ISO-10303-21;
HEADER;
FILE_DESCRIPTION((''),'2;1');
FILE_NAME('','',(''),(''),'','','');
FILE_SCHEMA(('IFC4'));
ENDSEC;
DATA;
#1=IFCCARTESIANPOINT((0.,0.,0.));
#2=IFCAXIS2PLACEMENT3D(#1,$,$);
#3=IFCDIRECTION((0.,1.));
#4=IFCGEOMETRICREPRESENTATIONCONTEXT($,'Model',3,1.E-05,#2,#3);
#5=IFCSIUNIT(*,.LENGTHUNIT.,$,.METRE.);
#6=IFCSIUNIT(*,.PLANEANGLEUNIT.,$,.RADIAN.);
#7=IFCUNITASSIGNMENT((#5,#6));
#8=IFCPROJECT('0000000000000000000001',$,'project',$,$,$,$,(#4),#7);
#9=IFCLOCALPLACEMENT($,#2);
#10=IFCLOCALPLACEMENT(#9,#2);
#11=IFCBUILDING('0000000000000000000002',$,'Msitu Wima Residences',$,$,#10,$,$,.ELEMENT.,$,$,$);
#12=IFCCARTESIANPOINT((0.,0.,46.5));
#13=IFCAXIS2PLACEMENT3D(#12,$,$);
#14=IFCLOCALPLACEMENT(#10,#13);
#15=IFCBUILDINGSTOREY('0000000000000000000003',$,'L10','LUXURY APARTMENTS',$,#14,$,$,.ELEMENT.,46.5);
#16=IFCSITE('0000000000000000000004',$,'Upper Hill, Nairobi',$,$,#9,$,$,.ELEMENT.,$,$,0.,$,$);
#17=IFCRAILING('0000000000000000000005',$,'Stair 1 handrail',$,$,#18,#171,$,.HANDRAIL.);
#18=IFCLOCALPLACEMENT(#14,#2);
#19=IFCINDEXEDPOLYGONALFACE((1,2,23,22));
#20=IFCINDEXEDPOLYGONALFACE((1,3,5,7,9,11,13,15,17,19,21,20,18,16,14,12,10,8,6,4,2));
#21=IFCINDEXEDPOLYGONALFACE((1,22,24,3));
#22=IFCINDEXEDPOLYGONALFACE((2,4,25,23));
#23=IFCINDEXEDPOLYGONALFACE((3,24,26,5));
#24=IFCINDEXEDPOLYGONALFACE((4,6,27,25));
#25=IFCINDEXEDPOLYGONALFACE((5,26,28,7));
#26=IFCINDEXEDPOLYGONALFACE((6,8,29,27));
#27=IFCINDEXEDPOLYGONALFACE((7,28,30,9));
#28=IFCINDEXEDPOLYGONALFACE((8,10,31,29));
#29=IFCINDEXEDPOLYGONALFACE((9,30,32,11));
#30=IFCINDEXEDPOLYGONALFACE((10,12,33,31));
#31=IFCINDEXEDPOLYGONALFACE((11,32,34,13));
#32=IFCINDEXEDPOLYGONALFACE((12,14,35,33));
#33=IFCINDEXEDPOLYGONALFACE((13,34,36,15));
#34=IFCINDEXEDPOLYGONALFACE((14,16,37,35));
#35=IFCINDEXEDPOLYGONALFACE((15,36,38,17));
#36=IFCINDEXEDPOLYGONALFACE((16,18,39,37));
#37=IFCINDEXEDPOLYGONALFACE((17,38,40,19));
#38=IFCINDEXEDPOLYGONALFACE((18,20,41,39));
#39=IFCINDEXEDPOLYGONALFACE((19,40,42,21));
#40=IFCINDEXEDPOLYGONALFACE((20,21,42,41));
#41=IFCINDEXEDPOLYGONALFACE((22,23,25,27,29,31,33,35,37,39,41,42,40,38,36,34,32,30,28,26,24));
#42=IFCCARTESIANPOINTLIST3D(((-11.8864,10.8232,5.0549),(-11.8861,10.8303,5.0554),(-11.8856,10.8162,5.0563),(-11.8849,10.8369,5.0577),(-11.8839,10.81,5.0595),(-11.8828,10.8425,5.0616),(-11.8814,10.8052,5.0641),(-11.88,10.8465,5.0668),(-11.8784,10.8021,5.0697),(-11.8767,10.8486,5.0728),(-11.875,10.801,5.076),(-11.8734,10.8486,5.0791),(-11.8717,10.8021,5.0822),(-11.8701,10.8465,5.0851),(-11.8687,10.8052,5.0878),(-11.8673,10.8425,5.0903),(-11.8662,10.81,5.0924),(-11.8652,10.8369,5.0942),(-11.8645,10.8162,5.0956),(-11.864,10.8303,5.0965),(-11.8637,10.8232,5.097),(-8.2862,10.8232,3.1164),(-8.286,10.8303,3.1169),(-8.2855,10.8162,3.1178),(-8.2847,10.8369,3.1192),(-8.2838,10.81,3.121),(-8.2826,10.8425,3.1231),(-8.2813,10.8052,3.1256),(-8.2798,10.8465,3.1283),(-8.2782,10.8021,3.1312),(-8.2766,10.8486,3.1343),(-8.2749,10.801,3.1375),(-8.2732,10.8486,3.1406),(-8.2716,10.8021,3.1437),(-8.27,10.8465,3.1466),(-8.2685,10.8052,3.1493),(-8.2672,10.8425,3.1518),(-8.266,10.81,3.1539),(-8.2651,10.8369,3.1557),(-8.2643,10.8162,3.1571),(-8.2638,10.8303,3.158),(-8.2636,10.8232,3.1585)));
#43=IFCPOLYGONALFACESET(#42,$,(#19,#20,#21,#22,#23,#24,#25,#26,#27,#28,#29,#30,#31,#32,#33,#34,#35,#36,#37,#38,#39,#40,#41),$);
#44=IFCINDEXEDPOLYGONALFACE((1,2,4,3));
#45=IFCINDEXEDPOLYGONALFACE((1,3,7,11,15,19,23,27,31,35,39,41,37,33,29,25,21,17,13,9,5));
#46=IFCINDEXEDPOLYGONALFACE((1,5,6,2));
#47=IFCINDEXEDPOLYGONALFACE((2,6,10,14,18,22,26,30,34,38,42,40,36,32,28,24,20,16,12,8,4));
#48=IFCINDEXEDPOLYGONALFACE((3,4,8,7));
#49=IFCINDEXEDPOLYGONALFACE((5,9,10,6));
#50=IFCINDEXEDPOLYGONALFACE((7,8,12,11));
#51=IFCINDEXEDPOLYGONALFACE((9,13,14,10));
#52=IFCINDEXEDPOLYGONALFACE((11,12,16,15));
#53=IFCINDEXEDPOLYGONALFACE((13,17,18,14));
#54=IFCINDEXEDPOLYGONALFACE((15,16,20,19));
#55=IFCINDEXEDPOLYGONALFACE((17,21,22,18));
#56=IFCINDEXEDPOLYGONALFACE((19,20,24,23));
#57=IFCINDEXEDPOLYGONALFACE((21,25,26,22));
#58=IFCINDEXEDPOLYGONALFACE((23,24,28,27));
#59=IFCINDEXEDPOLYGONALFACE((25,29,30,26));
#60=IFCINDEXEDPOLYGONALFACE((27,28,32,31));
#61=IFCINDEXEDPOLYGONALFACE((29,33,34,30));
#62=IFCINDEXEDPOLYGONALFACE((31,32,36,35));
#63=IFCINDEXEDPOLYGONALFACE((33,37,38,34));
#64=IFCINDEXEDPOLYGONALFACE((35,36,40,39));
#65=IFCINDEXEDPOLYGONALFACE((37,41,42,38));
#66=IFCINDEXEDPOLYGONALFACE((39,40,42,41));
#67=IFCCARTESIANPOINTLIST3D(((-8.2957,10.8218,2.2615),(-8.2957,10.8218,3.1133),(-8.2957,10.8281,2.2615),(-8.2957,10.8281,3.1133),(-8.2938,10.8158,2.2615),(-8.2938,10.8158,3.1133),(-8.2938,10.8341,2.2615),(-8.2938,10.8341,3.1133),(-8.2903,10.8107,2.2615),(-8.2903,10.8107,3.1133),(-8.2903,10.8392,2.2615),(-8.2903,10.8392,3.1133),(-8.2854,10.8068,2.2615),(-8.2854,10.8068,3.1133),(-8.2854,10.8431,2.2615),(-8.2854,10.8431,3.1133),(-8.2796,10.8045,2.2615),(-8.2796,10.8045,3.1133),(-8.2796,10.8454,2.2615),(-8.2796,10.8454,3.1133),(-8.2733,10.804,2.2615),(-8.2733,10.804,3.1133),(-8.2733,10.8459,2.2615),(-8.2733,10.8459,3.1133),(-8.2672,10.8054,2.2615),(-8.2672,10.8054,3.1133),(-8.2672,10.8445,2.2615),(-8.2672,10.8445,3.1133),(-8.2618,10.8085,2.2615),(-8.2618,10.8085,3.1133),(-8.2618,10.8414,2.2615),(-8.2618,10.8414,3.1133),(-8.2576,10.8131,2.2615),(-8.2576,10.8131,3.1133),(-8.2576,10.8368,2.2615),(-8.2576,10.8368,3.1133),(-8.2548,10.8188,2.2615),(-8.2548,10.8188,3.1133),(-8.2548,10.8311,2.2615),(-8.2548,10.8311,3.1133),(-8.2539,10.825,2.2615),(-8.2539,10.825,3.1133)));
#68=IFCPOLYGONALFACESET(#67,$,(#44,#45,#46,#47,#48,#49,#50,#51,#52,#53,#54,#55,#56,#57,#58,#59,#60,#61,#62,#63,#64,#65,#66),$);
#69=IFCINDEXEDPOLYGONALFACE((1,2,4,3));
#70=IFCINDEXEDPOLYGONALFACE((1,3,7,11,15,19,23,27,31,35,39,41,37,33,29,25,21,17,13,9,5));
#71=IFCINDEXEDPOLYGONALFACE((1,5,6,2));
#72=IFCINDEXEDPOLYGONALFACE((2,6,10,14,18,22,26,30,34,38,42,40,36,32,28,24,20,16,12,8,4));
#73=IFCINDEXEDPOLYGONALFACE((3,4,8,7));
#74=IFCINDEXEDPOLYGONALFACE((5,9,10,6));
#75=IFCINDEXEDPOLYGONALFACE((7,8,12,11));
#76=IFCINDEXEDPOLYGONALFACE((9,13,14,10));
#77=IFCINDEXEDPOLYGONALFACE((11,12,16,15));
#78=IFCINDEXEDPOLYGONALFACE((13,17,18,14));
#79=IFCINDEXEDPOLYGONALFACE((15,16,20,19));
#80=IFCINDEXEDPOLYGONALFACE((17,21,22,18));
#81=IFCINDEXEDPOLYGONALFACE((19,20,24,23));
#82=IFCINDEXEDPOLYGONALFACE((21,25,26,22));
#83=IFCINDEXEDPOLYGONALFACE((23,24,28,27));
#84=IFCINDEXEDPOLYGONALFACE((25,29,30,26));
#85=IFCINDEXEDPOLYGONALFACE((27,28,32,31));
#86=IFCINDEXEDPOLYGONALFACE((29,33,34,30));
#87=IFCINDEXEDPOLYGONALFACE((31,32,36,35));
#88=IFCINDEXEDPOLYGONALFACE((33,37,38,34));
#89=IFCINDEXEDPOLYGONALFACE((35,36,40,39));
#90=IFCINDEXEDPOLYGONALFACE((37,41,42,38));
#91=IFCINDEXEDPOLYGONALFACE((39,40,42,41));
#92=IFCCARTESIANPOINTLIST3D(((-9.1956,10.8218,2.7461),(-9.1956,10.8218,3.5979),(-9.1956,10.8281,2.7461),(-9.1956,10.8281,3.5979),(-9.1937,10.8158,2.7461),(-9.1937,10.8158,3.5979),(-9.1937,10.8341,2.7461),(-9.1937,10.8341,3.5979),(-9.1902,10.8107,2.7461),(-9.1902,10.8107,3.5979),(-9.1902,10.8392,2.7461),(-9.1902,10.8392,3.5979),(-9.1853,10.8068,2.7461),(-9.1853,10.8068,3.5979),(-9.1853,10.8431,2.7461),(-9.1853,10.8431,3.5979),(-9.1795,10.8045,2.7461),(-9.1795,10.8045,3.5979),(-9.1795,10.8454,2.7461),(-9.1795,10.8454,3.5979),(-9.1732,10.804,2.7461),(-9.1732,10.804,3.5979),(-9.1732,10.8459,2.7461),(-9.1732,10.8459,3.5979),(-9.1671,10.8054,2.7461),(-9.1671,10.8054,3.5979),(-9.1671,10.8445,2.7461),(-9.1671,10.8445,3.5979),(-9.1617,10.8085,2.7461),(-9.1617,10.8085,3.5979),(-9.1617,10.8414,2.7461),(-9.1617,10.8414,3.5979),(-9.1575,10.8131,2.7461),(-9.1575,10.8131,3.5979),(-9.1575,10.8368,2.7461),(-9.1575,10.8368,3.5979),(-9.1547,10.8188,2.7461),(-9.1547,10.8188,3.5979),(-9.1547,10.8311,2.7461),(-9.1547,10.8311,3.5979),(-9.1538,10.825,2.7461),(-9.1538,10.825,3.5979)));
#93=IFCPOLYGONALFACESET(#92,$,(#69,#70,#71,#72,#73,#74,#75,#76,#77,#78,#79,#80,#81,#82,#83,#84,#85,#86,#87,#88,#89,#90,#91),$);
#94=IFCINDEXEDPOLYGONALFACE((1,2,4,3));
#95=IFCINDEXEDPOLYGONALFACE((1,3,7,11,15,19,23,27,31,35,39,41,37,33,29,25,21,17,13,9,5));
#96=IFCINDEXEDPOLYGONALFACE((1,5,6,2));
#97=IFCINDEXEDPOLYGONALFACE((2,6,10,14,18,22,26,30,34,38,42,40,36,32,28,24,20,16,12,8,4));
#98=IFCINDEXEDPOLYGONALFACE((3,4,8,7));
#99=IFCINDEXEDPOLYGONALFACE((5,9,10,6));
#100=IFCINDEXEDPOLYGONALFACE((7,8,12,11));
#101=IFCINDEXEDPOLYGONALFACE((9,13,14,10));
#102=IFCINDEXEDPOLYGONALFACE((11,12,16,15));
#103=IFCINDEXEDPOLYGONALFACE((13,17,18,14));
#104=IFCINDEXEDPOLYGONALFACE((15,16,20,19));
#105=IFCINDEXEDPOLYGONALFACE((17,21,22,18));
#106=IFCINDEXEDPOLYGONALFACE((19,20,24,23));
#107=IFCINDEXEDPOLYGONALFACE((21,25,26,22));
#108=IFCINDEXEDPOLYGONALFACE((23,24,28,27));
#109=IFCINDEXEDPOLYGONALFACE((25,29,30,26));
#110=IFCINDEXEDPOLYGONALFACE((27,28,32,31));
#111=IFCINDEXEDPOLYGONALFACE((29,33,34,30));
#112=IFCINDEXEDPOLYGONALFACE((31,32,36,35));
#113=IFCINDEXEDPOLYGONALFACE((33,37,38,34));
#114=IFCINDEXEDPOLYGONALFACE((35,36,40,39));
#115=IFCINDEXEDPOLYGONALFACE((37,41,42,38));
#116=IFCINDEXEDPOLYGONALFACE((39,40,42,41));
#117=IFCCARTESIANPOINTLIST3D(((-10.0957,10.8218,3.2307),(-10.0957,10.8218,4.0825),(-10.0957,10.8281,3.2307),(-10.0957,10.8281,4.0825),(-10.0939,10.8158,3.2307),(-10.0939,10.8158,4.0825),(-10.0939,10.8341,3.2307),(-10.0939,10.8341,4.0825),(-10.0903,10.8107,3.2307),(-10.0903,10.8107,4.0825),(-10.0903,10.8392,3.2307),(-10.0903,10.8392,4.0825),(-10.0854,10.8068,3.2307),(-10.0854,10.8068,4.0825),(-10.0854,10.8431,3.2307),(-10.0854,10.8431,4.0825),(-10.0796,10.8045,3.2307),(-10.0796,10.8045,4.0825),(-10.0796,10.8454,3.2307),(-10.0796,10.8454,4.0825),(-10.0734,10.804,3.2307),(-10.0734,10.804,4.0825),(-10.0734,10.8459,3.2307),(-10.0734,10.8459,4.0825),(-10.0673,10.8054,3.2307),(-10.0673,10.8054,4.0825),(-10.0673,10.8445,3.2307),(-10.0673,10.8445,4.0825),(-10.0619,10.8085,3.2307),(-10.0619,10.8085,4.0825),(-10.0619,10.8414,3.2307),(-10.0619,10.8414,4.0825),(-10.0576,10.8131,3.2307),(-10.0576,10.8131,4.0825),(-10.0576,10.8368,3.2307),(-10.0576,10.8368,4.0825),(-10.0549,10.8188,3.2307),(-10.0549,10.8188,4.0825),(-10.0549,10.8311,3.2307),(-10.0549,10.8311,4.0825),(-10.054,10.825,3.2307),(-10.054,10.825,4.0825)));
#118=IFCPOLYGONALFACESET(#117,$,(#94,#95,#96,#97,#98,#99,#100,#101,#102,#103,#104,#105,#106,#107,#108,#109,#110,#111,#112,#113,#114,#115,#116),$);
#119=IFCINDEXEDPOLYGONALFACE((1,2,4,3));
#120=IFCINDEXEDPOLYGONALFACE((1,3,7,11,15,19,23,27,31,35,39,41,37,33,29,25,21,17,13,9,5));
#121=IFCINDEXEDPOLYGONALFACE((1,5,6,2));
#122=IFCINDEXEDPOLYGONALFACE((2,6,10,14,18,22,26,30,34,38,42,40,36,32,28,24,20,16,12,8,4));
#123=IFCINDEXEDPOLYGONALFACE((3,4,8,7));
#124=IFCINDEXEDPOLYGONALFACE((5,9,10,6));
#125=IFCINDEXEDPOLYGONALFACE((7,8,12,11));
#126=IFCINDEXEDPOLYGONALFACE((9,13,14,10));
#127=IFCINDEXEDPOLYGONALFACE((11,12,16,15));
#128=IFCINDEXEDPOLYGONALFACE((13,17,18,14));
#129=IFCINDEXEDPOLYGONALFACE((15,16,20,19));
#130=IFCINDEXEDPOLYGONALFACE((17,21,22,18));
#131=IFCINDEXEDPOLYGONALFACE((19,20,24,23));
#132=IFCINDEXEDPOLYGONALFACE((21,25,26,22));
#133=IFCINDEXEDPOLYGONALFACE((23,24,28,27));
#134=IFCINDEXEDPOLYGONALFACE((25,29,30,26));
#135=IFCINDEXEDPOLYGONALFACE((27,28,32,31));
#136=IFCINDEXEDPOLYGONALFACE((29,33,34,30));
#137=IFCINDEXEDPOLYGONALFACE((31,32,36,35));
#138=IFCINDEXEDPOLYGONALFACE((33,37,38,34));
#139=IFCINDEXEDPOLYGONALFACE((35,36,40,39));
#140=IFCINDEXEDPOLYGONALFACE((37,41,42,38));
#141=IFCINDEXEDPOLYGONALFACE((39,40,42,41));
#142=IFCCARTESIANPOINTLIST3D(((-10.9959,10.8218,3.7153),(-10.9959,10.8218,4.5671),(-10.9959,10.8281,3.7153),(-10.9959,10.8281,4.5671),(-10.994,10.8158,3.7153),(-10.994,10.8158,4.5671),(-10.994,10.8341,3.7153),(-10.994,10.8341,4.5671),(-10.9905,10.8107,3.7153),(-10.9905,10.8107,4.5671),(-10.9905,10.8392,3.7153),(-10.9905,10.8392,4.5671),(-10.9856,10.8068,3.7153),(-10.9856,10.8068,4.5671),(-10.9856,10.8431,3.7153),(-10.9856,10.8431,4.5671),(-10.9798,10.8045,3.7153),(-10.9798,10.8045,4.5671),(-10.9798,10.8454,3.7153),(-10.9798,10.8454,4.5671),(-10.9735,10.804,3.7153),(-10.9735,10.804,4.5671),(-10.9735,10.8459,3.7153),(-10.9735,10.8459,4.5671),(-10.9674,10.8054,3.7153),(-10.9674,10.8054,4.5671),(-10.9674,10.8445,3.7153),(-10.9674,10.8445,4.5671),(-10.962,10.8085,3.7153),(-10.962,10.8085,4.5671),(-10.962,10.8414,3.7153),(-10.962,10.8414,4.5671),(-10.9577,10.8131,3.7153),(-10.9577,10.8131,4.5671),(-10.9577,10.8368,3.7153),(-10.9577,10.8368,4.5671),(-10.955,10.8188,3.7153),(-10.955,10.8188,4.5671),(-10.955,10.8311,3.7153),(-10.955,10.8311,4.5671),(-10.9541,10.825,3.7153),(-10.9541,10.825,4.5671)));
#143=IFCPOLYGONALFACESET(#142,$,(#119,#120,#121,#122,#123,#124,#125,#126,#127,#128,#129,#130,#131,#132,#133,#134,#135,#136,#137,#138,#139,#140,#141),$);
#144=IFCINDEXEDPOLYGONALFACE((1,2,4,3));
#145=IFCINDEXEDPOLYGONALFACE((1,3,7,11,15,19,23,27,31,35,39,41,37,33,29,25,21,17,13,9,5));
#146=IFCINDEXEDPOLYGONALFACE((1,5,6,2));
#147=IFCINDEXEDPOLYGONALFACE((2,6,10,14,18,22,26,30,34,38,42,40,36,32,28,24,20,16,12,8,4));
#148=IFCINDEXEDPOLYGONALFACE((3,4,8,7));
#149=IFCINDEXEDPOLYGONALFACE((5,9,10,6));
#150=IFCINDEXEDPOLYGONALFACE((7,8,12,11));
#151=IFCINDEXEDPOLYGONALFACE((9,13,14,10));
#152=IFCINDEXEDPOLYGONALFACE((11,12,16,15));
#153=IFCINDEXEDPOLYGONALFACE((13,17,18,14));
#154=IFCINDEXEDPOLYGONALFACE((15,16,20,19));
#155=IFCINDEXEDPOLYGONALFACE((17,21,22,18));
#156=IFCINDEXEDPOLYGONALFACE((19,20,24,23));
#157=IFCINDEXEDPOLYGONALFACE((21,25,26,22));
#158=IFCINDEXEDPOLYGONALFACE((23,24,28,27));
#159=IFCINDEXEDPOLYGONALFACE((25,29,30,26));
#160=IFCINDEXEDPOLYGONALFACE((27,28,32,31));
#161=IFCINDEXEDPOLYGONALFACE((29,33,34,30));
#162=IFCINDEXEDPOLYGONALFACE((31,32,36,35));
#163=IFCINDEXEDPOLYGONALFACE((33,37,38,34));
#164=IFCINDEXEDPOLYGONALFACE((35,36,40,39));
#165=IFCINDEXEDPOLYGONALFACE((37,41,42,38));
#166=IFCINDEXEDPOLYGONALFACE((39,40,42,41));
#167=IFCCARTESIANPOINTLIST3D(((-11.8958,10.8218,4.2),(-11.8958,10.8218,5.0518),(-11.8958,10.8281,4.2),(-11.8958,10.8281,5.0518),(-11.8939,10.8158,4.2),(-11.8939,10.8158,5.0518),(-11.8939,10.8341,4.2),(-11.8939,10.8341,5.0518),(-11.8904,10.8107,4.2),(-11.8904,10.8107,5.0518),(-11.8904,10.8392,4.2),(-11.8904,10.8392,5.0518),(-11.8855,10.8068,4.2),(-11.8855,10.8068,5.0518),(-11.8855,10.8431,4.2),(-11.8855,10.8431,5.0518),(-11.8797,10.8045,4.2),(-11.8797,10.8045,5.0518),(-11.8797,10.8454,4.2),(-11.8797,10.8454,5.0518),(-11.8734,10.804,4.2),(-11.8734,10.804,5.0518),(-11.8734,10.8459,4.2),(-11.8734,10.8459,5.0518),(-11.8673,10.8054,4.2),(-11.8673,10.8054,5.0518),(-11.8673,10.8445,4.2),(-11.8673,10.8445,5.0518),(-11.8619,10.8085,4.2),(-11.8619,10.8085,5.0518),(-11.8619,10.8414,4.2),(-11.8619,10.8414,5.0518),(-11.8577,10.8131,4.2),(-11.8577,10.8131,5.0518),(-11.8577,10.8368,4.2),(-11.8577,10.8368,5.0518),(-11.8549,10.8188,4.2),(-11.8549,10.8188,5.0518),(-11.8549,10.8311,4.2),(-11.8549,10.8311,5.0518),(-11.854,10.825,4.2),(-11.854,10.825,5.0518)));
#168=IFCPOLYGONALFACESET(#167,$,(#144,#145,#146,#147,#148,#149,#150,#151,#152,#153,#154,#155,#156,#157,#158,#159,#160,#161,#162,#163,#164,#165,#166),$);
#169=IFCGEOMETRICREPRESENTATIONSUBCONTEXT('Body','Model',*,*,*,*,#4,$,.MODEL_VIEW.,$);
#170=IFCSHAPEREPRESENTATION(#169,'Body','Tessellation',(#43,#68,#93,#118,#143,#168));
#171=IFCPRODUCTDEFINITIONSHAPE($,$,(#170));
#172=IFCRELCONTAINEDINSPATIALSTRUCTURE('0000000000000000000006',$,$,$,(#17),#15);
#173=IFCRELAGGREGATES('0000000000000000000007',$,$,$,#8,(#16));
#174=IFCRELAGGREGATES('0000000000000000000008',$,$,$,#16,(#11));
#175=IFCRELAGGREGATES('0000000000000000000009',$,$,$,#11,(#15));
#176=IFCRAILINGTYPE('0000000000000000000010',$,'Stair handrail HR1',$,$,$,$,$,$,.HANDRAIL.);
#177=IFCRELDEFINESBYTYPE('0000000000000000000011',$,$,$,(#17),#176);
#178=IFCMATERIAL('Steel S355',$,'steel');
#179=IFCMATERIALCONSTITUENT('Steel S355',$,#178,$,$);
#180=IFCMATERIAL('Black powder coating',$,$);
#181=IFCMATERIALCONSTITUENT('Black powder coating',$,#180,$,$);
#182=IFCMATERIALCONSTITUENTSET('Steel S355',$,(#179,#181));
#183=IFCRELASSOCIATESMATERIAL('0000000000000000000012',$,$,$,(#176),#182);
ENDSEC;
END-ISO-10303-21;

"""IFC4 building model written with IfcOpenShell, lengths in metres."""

from ifc_helpers import new_model, si_unit, direction, frame, origin, origin_2d, place, context, subcontext, project, spatial, circle, extrude, material, constituent, constituent_set, type_object, element, save


model = new_model("IFC4")

# Units and contexts
model_context = context("Model", 3, precision=1e-05, world=origin(), true_north=direction((0.0, 1.0)))
body_context = subcontext(model_context, "Body", "Model", "MODEL_VIEW")
ifc_project = project(units=[si_unit("LENGTHUNIT", "METRE"), si_unit("PLANEANGLEUNIT", "RADIAN")], contexts=[model_context])

# Site, building, storey
site_placement = place(None, origin())
site = spatial("IfcSite", under=ifc_project, at=site_placement, Name="Upper Hill, Nairobi", CompositionType="ELEMENT", RefElevation=0.0)
building_placement = place(site_placement, origin())
building = spatial("IfcBuilding", under=site, at=building_placement, Name="Msitu Wima Residences", CompositionType="ELEMENT")
storey_placement = place(building_placement, frame((0.0, 0.0, 46.5)))
storey = spatial("IfcBuildingStorey", under=building, at=storey_placement, Name="L10", Description="LUXURY APARTMENTS", CompositionType="ELEMENT", Elevation=46.5)

# Railing
ifc_material_1 = material(Name="Steel S355", Category="steel")
ifc_constituent_1 = constituent(ifc_material_1, Name="Steel S355")
ifc_material_2 = material(Name="Black powder coating")
ifc_constituent_2 = constituent(ifc_material_2, Name="Black powder coating")
ifc_constituent_set = constituent_set(constituents=[ifc_constituent_1, ifc_constituent_2], Name="Steel S355")
railing_type = type_object("IfcRailingType", Name="Stair handrail HR1", PredefinedType="HANDRAIL", material=ifc_constituent_set)
for number, where, name in (
    (1, (-8.2749, 10.825, 2.2615), "Stair 1 handrail"),
):
    element("IfcRailing", number, at=place(storey_placement, frame(where)), inside=storey, type_object=railing_type, Name=name, PredefinedType="HANDRAIL", context=body_context, shape_type="SweptSolid", body=[
        extrude(circle(Radius=0.0239, at=origin_2d()), frame((0.0, 0.0, 0.876), z_axis=(-0.880475, 0.0, 0.474093), x_axis=(0.0, -1.0, 0.0)), (0.0, 0.0, 1.0), 4.0889),
        extrude(circle(Radius=0.021, at=origin_2d()), origin(), (0.0, 0.0, 1.0), 0.8518),
        extrude(circle(Radius=0.021, at=origin_2d()), frame((-0.8999, 0.0, 0.4846)), (0.0, 0.0, 1.0), 0.8518),
        extrude(circle(Radius=0.021, at=origin_2d()), frame((-1.8, 0.0, 0.9692)), (0.0, 0.0, 1.0), 0.8518),
        extrude(circle(Radius=0.021, at=origin_2d()), frame((-2.7002, 0.0, 1.4539)), (0.0, 0.0, 1.0), 0.8518),
        extrude(circle(Radius=0.021, at=origin_2d()), frame((-3.6001, 0.0, 1.9385)), (0.0, 0.0, 1.0), 0.8518),
    ])

save(model, "model.ifc")
